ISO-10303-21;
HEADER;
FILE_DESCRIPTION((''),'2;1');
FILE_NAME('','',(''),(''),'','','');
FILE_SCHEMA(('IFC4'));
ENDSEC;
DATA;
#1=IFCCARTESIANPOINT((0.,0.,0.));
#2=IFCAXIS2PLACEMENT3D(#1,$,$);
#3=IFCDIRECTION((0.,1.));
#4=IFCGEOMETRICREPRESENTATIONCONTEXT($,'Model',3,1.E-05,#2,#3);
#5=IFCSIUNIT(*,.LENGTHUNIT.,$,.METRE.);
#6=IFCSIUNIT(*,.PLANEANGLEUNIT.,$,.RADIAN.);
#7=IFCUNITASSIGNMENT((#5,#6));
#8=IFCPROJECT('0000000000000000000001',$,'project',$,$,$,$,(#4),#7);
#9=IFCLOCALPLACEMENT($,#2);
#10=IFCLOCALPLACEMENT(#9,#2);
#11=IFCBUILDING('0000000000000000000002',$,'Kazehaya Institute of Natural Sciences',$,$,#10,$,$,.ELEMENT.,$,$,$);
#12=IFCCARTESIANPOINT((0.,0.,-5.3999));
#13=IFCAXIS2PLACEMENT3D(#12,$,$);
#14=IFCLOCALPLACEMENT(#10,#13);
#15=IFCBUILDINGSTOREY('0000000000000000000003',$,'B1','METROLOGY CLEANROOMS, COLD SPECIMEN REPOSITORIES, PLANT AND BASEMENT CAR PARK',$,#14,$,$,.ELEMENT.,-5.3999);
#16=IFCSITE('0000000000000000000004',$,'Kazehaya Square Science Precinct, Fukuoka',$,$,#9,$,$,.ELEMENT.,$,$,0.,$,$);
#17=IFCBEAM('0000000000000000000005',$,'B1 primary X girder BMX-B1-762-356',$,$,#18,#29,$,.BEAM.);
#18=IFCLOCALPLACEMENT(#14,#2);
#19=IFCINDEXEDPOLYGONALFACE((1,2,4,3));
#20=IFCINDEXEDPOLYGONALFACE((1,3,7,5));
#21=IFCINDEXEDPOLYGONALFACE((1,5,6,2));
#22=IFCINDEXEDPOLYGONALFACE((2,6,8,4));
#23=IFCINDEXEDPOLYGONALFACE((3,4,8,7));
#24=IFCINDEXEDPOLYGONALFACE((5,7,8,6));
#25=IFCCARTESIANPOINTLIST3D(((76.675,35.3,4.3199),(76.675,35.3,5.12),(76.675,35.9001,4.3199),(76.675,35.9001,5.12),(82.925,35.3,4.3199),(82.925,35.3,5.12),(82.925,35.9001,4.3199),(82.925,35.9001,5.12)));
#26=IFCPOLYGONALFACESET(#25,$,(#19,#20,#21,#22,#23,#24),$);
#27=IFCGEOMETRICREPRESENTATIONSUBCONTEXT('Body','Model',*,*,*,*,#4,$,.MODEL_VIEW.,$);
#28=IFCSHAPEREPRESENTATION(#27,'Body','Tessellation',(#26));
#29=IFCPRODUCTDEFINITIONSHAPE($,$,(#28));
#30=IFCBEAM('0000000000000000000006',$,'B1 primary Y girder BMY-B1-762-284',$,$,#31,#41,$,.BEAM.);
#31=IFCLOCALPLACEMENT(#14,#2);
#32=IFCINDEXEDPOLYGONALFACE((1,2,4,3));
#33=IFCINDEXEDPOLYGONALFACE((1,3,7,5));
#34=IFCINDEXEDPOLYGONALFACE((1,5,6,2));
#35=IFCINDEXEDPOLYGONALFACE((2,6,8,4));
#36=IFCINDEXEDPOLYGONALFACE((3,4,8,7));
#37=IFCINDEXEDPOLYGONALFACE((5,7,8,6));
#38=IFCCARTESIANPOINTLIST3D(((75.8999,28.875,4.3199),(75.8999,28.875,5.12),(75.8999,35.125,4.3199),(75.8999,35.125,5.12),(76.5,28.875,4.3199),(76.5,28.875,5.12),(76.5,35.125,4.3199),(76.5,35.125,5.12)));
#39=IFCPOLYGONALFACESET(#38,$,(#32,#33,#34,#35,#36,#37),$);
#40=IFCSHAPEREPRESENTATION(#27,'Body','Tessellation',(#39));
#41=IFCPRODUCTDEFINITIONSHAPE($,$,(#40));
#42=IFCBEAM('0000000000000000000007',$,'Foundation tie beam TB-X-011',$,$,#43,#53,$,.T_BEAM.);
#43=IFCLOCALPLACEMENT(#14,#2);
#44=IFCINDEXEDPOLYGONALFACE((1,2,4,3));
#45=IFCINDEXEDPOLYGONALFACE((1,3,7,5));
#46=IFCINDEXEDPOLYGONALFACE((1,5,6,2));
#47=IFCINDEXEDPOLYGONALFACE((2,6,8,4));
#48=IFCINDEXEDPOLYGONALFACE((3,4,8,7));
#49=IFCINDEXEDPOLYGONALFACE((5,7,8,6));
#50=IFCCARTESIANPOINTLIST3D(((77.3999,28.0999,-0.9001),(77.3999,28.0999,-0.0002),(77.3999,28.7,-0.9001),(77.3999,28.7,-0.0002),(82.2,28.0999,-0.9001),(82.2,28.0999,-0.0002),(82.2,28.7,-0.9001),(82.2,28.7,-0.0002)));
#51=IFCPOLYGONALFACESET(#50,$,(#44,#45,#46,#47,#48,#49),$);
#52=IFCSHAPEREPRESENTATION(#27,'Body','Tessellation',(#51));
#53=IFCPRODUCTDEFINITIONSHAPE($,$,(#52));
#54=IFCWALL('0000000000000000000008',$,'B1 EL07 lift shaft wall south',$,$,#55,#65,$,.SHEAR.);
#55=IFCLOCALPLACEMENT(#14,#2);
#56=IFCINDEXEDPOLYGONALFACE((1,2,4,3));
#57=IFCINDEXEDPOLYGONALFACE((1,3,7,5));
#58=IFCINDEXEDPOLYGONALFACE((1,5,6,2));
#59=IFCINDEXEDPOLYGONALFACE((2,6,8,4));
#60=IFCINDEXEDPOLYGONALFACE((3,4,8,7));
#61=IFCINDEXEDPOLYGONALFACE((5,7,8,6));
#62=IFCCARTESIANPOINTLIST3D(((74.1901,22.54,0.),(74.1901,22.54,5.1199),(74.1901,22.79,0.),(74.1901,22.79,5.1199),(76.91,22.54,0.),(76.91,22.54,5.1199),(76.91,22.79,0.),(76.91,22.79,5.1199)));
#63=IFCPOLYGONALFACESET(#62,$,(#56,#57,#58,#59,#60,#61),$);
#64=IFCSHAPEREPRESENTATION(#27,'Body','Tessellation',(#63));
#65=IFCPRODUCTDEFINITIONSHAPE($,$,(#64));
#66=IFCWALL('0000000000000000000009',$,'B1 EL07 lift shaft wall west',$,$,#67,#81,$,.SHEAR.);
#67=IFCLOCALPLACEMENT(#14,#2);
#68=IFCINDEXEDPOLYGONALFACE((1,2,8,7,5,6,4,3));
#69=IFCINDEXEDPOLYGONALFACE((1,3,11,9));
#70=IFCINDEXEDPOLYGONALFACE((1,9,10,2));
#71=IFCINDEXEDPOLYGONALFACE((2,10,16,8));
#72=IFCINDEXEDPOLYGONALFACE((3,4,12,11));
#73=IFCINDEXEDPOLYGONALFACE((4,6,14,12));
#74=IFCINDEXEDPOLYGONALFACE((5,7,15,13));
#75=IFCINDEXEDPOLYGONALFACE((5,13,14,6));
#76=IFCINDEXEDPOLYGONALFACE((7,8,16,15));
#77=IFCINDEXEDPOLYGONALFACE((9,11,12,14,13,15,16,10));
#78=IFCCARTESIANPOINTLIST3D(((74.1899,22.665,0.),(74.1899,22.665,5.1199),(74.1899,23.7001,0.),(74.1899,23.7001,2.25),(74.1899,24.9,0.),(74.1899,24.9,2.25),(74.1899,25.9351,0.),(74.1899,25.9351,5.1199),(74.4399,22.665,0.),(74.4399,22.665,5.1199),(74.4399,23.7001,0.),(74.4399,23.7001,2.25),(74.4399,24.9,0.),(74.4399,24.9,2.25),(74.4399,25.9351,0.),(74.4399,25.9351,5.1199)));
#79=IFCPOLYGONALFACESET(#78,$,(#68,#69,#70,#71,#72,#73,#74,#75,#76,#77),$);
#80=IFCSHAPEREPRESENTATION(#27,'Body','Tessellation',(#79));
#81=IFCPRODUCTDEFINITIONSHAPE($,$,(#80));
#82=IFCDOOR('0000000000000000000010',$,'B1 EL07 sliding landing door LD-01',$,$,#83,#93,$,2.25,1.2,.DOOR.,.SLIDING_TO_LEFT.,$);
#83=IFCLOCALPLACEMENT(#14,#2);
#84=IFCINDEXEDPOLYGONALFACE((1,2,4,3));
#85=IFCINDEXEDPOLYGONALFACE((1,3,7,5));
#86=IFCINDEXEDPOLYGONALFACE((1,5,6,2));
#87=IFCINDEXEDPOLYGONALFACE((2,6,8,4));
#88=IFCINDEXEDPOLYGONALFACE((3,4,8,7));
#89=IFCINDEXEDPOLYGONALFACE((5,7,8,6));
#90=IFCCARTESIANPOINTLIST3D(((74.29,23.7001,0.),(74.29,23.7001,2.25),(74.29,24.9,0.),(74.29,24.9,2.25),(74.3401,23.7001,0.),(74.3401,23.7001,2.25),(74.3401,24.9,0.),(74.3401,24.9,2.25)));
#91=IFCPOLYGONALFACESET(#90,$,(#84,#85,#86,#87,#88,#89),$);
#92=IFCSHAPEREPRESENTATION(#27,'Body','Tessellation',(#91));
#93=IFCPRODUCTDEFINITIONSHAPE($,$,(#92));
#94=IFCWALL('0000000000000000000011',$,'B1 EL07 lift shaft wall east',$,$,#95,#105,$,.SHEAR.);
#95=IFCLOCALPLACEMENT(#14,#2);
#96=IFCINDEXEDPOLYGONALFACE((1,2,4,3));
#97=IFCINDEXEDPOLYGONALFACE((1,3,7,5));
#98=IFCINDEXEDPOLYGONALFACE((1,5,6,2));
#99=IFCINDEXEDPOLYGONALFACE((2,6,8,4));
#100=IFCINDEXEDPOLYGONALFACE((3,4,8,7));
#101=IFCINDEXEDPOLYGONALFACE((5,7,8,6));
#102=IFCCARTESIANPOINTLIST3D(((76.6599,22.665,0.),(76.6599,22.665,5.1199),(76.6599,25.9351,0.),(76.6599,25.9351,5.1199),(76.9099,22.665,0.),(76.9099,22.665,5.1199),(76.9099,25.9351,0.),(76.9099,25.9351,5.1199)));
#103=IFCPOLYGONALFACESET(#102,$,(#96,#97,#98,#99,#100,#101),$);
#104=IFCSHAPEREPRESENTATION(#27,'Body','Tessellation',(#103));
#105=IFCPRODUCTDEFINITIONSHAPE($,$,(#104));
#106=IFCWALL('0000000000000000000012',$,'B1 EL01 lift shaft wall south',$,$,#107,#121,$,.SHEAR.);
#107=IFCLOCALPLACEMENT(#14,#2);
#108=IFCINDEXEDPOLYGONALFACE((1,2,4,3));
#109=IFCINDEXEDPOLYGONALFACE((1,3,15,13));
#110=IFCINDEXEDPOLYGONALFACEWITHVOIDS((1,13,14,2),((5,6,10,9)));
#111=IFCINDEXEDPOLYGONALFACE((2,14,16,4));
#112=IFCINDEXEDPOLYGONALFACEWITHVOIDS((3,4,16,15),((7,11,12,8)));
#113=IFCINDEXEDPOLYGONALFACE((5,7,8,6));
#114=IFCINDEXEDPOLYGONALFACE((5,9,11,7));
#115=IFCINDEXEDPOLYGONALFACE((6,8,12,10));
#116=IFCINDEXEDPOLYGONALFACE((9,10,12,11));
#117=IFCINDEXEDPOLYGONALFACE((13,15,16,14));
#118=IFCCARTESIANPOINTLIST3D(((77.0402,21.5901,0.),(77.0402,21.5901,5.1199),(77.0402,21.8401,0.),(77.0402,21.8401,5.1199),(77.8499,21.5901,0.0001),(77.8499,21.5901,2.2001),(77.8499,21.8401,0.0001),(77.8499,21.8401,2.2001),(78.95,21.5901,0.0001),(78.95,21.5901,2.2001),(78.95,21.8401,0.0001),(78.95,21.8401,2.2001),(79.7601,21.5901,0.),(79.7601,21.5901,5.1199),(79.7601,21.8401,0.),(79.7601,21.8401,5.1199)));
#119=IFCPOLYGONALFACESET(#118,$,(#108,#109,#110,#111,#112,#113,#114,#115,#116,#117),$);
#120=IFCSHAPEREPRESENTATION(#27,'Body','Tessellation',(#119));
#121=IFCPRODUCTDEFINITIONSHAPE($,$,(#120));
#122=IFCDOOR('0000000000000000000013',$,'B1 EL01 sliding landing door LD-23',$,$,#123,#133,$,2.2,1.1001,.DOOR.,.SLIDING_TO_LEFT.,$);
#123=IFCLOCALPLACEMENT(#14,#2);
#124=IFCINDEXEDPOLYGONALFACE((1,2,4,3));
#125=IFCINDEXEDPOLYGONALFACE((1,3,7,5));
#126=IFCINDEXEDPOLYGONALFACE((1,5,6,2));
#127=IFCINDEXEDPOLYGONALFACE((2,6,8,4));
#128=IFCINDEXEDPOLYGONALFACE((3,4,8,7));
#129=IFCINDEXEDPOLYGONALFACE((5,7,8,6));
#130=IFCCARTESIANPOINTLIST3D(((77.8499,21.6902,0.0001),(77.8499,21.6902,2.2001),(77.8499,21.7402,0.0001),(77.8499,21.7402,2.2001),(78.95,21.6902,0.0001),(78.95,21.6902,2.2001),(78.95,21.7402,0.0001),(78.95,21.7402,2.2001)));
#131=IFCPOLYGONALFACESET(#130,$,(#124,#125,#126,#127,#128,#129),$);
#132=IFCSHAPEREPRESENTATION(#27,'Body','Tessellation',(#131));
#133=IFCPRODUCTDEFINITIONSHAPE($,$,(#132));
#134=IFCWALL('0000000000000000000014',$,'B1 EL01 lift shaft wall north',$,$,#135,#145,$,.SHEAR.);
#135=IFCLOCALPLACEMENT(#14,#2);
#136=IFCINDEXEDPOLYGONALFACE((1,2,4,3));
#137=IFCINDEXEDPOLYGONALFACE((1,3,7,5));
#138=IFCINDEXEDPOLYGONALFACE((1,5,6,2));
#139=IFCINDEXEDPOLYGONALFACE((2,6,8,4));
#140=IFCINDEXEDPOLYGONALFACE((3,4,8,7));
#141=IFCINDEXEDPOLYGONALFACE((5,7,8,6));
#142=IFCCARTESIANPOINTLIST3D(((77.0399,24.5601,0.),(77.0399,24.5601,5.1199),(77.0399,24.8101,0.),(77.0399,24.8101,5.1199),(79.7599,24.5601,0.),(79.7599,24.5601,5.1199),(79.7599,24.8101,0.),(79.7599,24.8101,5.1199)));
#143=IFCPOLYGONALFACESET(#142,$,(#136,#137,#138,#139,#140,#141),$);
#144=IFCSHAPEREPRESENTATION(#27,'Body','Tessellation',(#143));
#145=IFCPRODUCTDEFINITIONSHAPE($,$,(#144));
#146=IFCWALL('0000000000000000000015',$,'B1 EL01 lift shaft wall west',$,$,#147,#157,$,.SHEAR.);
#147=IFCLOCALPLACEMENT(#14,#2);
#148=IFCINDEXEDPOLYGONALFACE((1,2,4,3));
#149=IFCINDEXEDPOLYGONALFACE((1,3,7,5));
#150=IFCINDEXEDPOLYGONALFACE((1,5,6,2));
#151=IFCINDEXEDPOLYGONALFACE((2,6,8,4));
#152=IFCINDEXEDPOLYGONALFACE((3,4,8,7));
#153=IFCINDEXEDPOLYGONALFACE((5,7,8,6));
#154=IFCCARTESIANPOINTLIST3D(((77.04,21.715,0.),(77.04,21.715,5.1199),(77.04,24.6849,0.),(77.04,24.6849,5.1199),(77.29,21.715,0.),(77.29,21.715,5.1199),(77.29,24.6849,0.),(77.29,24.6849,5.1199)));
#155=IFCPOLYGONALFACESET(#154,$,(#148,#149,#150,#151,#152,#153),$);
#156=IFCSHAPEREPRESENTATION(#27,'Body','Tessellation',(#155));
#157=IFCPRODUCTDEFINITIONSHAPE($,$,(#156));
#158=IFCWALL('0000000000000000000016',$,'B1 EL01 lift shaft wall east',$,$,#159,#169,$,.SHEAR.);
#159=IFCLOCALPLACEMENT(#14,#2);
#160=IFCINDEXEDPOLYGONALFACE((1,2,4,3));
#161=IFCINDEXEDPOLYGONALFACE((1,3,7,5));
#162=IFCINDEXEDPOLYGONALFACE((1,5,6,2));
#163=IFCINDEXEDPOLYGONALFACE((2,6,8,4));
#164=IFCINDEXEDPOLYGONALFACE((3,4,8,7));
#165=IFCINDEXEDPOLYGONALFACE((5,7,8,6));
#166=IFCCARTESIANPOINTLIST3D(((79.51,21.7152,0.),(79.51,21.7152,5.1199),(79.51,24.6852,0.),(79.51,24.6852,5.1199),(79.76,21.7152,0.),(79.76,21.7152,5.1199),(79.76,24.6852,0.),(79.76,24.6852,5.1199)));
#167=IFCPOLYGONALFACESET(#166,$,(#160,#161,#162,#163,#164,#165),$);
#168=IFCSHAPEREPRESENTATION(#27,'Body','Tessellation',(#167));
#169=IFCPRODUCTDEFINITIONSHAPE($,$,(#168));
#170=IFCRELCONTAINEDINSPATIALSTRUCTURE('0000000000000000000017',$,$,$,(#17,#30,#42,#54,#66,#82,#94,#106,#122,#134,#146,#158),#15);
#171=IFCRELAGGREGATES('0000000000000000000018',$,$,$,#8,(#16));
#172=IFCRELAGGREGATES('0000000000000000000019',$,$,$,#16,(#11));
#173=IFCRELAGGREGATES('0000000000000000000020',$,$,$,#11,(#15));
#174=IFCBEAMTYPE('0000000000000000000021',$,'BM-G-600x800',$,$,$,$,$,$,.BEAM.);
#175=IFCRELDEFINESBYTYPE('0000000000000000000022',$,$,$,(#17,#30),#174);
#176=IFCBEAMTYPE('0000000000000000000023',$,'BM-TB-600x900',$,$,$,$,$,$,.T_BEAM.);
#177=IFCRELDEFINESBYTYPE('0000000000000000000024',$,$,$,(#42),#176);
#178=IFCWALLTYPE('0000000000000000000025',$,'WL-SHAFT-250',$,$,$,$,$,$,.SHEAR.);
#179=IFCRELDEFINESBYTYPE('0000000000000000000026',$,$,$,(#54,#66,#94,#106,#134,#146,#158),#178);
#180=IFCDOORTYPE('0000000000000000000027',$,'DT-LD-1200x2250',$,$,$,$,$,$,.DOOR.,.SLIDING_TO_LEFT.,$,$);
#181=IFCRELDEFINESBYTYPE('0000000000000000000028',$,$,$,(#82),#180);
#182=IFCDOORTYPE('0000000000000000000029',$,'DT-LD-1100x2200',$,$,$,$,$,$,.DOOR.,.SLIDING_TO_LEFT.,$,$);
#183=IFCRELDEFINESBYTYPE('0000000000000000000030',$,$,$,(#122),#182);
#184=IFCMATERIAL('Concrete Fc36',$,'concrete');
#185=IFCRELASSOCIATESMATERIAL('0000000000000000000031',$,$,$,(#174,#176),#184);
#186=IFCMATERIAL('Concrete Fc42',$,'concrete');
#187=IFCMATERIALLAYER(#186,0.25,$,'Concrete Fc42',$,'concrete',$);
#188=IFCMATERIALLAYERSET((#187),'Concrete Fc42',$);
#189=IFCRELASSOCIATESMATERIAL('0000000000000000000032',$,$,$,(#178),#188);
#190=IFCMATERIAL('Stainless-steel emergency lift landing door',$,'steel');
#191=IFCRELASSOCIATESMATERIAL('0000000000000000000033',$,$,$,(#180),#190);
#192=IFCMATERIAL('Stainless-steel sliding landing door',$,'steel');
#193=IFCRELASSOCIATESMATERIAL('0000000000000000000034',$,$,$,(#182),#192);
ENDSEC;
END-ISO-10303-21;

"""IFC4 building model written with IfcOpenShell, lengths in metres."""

from ifc_helpers import new_model, si_unit, direction, frame, frame_2d, origin, origin_2d, place, context, subcontext, project, spatial, rectangle, extrude, material, layer, layer_set, material_profile, profile_set, type_object, element, fill, save


model = new_model("IFC4")

# Units and contexts
model_context = context("Model", 3, precision=1e-05, world=origin(), true_north=direction((0.0, 1.0)))
body_context = subcontext(model_context, "Body", "Model", "MODEL_VIEW")
ifc_project = project(units=[si_unit("LENGTHUNIT", "METRE"), si_unit("PLANEANGLEUNIT", "RADIAN")], contexts=[model_context])

# Site, building, storey
site_placement = place(None, origin())
site = spatial("IfcSite", under=ifc_project, at=site_placement, Name="Kazehaya Square Science Precinct, Fukuoka", CompositionType="ELEMENT", RefElevation=0.0)
building_placement = place(site_placement, origin())
building = spatial("IfcBuilding", under=site, at=building_placement, Name="Kazehaya Institute of Natural Sciences", CompositionType="ELEMENT")
storey_placement = place(building_placement, frame((0.0, 0.0, -5.3999)))
storey = spatial("IfcBuildingStorey", under=building, at=storey_placement, Name="B1", Description="METROLOGY CLEANROOMS, COLD SPECIMEN REPOSITORIES, PLANT AND BASEMENT CAR PARK", CompositionType="ELEMENT", Elevation=-5.3999)

# Shared definitions
ifc_material_1 = material(Name="Concrete Fc36", Category="concrete")

# Shared definitions
ifc_material_2 = material(Name="Concrete Fc42", Category="concrete")

# Beams
ifc_material_profile_1 = material_profile(ifc_material_1, rectangle(XDim=0.6001, YDim=0.8, at=origin_2d()), Name="RC-600x800")
ifc_profile_set_1 = profile_set([ifc_material_profile_1], Name="Concrete Fc36")
beam_type_1 = type_object("IfcBeamType", Name="BM-G-600x800", PredefinedType="BEAM", material=ifc_profile_set_1)
for number, where, z_axis, x_axis, name in (
    (1, (76.675, 35.6001, 4.72), (1.0, 0.0, 0.0), (0.0, 1.0, 0.0), "B1 primary X girder BMX-B1-762-356"),
    (2, (76.2, 28.875, 4.72), (0.0, 1.0, 0.0), (-1.0, 0.0, 0.0), "B1 primary Y girder BMY-B1-762-284"),
):
    element("IfcBeam", number, at=place(storey_placement, frame(where, z_axis=z_axis, x_axis=x_axis)), inside=storey, type_object=beam_type_1, Name=name, PredefinedType="BEAM", context=body_context, shape_type="SweptSolid", body=[
        extrude(rectangle(XDim=0.6001, YDim=0.8, at=origin_2d()), origin(), (0.0, 0.0, 1.0), 6.25),
    ])
ifc_material_profile_2 = material_profile(ifc_material_1, rectangle(XDim=0.6001, YDim=0.8999, at=origin_2d()), Name="RC-600x900")
ifc_profile_set_2 = profile_set([ifc_material_profile_2], Name="Concrete Fc36")
beam_type_2 = type_object("IfcBeamType", Name="BM-TB-600x900", PredefinedType="T_BEAM", material=ifc_profile_set_2)
beam_1_placement = place(storey_placement, frame((77.3999, 28.3999, -0.4502), z_axis=(1.0, 0.0, 0.0), x_axis=(0.0, 1.0, 0.0)))
element("IfcBeam", 3, at=beam_1_placement, inside=storey, type_object=beam_type_2, Name="Foundation tie beam TB-X-011", PredefinedType="T_BEAM", context=body_context, shape_type="SweptSolid", body=[
    extrude(rectangle(XDim=0.6001, YDim=0.8999, at=origin_2d()), origin(), (0.0, 0.0, 1.0), 4.8),
])

# Wall
ifc_layer = layer(ifc_material_2, 0.25, Name="Concrete Fc42", Category="concrete")
ifc_layer_set = layer_set([ifc_layer], Name="Concrete Fc42")
wall_type = type_object("IfcWallType", Name="WL-SHAFT-250", PredefinedType="SHEAR", material=ifc_layer_set)
wall_1_placement = place(storey_placement, frame((76.9099, 22.665, 0.0), z_axis=(0.0, 0.0, 1.0), x_axis=(-1.0, 0.0, 0.0)))
element("IfcWall", 4, at=wall_1_placement, inside=storey, type_object=wall_type, Name="B1 EL07 lift shaft wall south", PredefinedType="SHEAR", context=body_context, shape_type="SweptSolid", body=[
    extrude(rectangle(XDim=2.72, YDim=0.25, at=frame_2d((1.3599, 0.0))), origin(), (0.0, 0.0, 1.0), 5.1199),
])

# Wall, opening, door
wall_2_placement = place(storey_placement, frame((74.3149, 22.665, 0.0), z_axis=(0.0, 0.0, 1.0), x_axis=(0.0, 1.0, 0.0)))
wall_2 = element("IfcWall", 5, at=wall_2_placement, inside=storey, type_object=wall_type, Name="B1 EL07 lift shaft wall west", PredefinedType="SHEAR", context=body_context, shape_type="SweptSolid", body=[
    extrude(rectangle(XDim=3.27, YDim=0.25, at=frame_2d((1.635, 0.0))), origin(), (0.0, 0.0, 1.0), 5.1199),
])
opening_1_placement = place(wall_2_placement, frame((1.0349, 0.0, 0.0)))
opening_1 = element("IfcOpeningElement", 6, at=opening_1_placement, cuts=wall_2, PredefinedType="OPENING", context=body_context, shape_type="SweptSolid", body=[
    extrude(rectangle(XDim=1.2, YDim=2.25, at=frame_2d((0.6001, 1.125))), frame((0.0, 0.135, 0.0), z_axis=(0.0, -1.0, 0.0), x_axis=(1.0, 0.0, 0.0)), (0.0, 0.0, 1.0), 0.27),
])
ifc_material_3 = material(Name="Stainless-steel emergency lift landing door", Category="steel")
door_type_1 = type_object("IfcDoorType", Name="DT-LD-1200x2250", OperationType="SLIDING_TO_LEFT", PredefinedType="DOOR", material=ifc_material_3)
door_1_placement = place(opening_1_placement, origin())
door_1 = element("IfcDoor", 7, at=door_1_placement, inside=storey, type_object=door_type_1, Name="B1 EL07 sliding landing door LD-01", OperationType="SLIDING_TO_LEFT", OverallHeight=2.25, OverallWidth=1.2, PredefinedType="DOOR", context=body_context, shape_type="SweptSolid", body=[
    extrude(rectangle(XDim=1.2, YDim=2.25, at=frame_2d((0.6001, 1.125))), frame((0.0, 0.0249, 0.0), z_axis=(0.0, -1.0, 0.0), x_axis=(1.0, 0.0, 0.0)), (0.0, 0.0, 1.0), 0.05),
])
fill(opening_1, door_1)

# Wall
wall_3_placement = place(storey_placement, frame((76.7849, 25.9351, 0.0), z_axis=(0.0, 0.0, 1.0), x_axis=(0.0, -1.0, 0.0)))
element("IfcWall", 8, at=wall_3_placement, inside=storey, type_object=wall_type, Name="B1 EL07 lift shaft wall east", PredefinedType="SHEAR", context=body_context, shape_type="SweptSolid", body=[
    extrude(rectangle(XDim=3.27, YDim=0.25, at=frame_2d((1.635, 0.0))), origin(), (0.0, 0.0, 1.0), 5.1199),
])

# Wall, opening, door
wall_4_placement = place(storey_placement, frame((79.76, 21.7151, 0.0), z_axis=(0.0, 0.0, 1.0), x_axis=(-1.0, 0.0, 0.0)))
wall_4 = element("IfcWall", 9, at=wall_4_placement, inside=storey, type_object=wall_type, Name="B1 EL01 lift shaft wall south", PredefinedType="SHEAR", context=body_context, shape_type="SweptSolid", body=[
    extrude(rectangle(XDim=2.72, YDim=0.25, at=frame_2d((1.3599, 0.0))), origin(), (0.0, 0.0, 1.0), 5.1199),
])
opening_2_placement = place(wall_4_placement, frame((0.8101, 0.0, 0.0)))
opening_2 = element("IfcOpeningElement", 10, at=opening_2_placement, cuts=wall_4, PredefinedType="OPENING", context=body_context, shape_type="SweptSolid", body=[
    extrude(rectangle(XDim=1.1001, YDim=2.2, at=frame_2d((0.55, 1.1001))), frame((0.0, 0.135, 0.0), z_axis=(0.0, -1.0, 0.0), x_axis=(1.0, 0.0, 0.0)), (0.0, 0.0, 1.0), 0.27),
])
ifc_material_4 = material(Name="Stainless-steel sliding landing door", Category="steel")
door_type_2 = type_object("IfcDoorType", Name="DT-LD-1100x2200", OperationType="SLIDING_TO_LEFT", PredefinedType="DOOR", material=ifc_material_4)
door_2_placement = place(opening_2_placement, origin())
door_2 = element("IfcDoor", 11, at=door_2_placement, inside=storey, type_object=door_type_2, Name="B1 EL01 sliding landing door LD-23", OperationType="SLIDING_TO_LEFT", OverallHeight=2.2, OverallWidth=1.1001, PredefinedType="DOOR", context=body_context, shape_type="SweptSolid", body=[
    extrude(rectangle(XDim=1.1001, YDim=2.2, at=frame_2d((0.55, 1.1001))), frame((0.0, 0.0249, 0.0), z_axis=(0.0, -1.0, 0.0), x_axis=(1.0, 0.0, 0.0)), (0.0, 0.0, 1.0), 0.05),
])
fill(opening_2, door_2)

# Walls
wall_5_placement = place(storey_placement, frame((77.04, 24.6851, 0.0), z_axis=(0.0, 0.0, 1.0), x_axis=(1.0, 0.0, 0.0)))
element("IfcWall", 12, at=wall_5_placement, inside=storey, type_object=wall_type, Name="B1 EL01 lift shaft wall north", PredefinedType="SHEAR", context=body_context, shape_type="SweptSolid", body=[
    extrude(rectangle(XDim=2.72, YDim=0.25, at=frame_2d((1.3599, 0.0))), origin(), (0.0, 0.0, 1.0), 5.1199),
])
for number, where, z_axis, x_axis, name in (
    (13, (77.165, 21.7151, 0.0), (0.0, 0.0, 1.0), (0.0, 1.0, 0.0), "B1 EL01 lift shaft wall west"),
    (14, (79.635, 24.6851, 0.0), (0.0, 0.0, 1.0), (0.0, -1.0, 0.0), "B1 EL01 lift shaft wall east"),
):
    element("IfcWall", number, at=place(storey_placement, frame(where, z_axis=z_axis, x_axis=x_axis)), inside=storey, type_object=wall_type, Name=name, PredefinedType="SHEAR", context=body_context, shape_type="SweptSolid", body=[
        extrude(rectangle(XDim=2.97, YDim=0.25, at=frame_2d((1.4849, 0.0))), origin(), (0.0, 0.0, 1.0), 5.1199),
    ])

save(model, "model.ifc")
